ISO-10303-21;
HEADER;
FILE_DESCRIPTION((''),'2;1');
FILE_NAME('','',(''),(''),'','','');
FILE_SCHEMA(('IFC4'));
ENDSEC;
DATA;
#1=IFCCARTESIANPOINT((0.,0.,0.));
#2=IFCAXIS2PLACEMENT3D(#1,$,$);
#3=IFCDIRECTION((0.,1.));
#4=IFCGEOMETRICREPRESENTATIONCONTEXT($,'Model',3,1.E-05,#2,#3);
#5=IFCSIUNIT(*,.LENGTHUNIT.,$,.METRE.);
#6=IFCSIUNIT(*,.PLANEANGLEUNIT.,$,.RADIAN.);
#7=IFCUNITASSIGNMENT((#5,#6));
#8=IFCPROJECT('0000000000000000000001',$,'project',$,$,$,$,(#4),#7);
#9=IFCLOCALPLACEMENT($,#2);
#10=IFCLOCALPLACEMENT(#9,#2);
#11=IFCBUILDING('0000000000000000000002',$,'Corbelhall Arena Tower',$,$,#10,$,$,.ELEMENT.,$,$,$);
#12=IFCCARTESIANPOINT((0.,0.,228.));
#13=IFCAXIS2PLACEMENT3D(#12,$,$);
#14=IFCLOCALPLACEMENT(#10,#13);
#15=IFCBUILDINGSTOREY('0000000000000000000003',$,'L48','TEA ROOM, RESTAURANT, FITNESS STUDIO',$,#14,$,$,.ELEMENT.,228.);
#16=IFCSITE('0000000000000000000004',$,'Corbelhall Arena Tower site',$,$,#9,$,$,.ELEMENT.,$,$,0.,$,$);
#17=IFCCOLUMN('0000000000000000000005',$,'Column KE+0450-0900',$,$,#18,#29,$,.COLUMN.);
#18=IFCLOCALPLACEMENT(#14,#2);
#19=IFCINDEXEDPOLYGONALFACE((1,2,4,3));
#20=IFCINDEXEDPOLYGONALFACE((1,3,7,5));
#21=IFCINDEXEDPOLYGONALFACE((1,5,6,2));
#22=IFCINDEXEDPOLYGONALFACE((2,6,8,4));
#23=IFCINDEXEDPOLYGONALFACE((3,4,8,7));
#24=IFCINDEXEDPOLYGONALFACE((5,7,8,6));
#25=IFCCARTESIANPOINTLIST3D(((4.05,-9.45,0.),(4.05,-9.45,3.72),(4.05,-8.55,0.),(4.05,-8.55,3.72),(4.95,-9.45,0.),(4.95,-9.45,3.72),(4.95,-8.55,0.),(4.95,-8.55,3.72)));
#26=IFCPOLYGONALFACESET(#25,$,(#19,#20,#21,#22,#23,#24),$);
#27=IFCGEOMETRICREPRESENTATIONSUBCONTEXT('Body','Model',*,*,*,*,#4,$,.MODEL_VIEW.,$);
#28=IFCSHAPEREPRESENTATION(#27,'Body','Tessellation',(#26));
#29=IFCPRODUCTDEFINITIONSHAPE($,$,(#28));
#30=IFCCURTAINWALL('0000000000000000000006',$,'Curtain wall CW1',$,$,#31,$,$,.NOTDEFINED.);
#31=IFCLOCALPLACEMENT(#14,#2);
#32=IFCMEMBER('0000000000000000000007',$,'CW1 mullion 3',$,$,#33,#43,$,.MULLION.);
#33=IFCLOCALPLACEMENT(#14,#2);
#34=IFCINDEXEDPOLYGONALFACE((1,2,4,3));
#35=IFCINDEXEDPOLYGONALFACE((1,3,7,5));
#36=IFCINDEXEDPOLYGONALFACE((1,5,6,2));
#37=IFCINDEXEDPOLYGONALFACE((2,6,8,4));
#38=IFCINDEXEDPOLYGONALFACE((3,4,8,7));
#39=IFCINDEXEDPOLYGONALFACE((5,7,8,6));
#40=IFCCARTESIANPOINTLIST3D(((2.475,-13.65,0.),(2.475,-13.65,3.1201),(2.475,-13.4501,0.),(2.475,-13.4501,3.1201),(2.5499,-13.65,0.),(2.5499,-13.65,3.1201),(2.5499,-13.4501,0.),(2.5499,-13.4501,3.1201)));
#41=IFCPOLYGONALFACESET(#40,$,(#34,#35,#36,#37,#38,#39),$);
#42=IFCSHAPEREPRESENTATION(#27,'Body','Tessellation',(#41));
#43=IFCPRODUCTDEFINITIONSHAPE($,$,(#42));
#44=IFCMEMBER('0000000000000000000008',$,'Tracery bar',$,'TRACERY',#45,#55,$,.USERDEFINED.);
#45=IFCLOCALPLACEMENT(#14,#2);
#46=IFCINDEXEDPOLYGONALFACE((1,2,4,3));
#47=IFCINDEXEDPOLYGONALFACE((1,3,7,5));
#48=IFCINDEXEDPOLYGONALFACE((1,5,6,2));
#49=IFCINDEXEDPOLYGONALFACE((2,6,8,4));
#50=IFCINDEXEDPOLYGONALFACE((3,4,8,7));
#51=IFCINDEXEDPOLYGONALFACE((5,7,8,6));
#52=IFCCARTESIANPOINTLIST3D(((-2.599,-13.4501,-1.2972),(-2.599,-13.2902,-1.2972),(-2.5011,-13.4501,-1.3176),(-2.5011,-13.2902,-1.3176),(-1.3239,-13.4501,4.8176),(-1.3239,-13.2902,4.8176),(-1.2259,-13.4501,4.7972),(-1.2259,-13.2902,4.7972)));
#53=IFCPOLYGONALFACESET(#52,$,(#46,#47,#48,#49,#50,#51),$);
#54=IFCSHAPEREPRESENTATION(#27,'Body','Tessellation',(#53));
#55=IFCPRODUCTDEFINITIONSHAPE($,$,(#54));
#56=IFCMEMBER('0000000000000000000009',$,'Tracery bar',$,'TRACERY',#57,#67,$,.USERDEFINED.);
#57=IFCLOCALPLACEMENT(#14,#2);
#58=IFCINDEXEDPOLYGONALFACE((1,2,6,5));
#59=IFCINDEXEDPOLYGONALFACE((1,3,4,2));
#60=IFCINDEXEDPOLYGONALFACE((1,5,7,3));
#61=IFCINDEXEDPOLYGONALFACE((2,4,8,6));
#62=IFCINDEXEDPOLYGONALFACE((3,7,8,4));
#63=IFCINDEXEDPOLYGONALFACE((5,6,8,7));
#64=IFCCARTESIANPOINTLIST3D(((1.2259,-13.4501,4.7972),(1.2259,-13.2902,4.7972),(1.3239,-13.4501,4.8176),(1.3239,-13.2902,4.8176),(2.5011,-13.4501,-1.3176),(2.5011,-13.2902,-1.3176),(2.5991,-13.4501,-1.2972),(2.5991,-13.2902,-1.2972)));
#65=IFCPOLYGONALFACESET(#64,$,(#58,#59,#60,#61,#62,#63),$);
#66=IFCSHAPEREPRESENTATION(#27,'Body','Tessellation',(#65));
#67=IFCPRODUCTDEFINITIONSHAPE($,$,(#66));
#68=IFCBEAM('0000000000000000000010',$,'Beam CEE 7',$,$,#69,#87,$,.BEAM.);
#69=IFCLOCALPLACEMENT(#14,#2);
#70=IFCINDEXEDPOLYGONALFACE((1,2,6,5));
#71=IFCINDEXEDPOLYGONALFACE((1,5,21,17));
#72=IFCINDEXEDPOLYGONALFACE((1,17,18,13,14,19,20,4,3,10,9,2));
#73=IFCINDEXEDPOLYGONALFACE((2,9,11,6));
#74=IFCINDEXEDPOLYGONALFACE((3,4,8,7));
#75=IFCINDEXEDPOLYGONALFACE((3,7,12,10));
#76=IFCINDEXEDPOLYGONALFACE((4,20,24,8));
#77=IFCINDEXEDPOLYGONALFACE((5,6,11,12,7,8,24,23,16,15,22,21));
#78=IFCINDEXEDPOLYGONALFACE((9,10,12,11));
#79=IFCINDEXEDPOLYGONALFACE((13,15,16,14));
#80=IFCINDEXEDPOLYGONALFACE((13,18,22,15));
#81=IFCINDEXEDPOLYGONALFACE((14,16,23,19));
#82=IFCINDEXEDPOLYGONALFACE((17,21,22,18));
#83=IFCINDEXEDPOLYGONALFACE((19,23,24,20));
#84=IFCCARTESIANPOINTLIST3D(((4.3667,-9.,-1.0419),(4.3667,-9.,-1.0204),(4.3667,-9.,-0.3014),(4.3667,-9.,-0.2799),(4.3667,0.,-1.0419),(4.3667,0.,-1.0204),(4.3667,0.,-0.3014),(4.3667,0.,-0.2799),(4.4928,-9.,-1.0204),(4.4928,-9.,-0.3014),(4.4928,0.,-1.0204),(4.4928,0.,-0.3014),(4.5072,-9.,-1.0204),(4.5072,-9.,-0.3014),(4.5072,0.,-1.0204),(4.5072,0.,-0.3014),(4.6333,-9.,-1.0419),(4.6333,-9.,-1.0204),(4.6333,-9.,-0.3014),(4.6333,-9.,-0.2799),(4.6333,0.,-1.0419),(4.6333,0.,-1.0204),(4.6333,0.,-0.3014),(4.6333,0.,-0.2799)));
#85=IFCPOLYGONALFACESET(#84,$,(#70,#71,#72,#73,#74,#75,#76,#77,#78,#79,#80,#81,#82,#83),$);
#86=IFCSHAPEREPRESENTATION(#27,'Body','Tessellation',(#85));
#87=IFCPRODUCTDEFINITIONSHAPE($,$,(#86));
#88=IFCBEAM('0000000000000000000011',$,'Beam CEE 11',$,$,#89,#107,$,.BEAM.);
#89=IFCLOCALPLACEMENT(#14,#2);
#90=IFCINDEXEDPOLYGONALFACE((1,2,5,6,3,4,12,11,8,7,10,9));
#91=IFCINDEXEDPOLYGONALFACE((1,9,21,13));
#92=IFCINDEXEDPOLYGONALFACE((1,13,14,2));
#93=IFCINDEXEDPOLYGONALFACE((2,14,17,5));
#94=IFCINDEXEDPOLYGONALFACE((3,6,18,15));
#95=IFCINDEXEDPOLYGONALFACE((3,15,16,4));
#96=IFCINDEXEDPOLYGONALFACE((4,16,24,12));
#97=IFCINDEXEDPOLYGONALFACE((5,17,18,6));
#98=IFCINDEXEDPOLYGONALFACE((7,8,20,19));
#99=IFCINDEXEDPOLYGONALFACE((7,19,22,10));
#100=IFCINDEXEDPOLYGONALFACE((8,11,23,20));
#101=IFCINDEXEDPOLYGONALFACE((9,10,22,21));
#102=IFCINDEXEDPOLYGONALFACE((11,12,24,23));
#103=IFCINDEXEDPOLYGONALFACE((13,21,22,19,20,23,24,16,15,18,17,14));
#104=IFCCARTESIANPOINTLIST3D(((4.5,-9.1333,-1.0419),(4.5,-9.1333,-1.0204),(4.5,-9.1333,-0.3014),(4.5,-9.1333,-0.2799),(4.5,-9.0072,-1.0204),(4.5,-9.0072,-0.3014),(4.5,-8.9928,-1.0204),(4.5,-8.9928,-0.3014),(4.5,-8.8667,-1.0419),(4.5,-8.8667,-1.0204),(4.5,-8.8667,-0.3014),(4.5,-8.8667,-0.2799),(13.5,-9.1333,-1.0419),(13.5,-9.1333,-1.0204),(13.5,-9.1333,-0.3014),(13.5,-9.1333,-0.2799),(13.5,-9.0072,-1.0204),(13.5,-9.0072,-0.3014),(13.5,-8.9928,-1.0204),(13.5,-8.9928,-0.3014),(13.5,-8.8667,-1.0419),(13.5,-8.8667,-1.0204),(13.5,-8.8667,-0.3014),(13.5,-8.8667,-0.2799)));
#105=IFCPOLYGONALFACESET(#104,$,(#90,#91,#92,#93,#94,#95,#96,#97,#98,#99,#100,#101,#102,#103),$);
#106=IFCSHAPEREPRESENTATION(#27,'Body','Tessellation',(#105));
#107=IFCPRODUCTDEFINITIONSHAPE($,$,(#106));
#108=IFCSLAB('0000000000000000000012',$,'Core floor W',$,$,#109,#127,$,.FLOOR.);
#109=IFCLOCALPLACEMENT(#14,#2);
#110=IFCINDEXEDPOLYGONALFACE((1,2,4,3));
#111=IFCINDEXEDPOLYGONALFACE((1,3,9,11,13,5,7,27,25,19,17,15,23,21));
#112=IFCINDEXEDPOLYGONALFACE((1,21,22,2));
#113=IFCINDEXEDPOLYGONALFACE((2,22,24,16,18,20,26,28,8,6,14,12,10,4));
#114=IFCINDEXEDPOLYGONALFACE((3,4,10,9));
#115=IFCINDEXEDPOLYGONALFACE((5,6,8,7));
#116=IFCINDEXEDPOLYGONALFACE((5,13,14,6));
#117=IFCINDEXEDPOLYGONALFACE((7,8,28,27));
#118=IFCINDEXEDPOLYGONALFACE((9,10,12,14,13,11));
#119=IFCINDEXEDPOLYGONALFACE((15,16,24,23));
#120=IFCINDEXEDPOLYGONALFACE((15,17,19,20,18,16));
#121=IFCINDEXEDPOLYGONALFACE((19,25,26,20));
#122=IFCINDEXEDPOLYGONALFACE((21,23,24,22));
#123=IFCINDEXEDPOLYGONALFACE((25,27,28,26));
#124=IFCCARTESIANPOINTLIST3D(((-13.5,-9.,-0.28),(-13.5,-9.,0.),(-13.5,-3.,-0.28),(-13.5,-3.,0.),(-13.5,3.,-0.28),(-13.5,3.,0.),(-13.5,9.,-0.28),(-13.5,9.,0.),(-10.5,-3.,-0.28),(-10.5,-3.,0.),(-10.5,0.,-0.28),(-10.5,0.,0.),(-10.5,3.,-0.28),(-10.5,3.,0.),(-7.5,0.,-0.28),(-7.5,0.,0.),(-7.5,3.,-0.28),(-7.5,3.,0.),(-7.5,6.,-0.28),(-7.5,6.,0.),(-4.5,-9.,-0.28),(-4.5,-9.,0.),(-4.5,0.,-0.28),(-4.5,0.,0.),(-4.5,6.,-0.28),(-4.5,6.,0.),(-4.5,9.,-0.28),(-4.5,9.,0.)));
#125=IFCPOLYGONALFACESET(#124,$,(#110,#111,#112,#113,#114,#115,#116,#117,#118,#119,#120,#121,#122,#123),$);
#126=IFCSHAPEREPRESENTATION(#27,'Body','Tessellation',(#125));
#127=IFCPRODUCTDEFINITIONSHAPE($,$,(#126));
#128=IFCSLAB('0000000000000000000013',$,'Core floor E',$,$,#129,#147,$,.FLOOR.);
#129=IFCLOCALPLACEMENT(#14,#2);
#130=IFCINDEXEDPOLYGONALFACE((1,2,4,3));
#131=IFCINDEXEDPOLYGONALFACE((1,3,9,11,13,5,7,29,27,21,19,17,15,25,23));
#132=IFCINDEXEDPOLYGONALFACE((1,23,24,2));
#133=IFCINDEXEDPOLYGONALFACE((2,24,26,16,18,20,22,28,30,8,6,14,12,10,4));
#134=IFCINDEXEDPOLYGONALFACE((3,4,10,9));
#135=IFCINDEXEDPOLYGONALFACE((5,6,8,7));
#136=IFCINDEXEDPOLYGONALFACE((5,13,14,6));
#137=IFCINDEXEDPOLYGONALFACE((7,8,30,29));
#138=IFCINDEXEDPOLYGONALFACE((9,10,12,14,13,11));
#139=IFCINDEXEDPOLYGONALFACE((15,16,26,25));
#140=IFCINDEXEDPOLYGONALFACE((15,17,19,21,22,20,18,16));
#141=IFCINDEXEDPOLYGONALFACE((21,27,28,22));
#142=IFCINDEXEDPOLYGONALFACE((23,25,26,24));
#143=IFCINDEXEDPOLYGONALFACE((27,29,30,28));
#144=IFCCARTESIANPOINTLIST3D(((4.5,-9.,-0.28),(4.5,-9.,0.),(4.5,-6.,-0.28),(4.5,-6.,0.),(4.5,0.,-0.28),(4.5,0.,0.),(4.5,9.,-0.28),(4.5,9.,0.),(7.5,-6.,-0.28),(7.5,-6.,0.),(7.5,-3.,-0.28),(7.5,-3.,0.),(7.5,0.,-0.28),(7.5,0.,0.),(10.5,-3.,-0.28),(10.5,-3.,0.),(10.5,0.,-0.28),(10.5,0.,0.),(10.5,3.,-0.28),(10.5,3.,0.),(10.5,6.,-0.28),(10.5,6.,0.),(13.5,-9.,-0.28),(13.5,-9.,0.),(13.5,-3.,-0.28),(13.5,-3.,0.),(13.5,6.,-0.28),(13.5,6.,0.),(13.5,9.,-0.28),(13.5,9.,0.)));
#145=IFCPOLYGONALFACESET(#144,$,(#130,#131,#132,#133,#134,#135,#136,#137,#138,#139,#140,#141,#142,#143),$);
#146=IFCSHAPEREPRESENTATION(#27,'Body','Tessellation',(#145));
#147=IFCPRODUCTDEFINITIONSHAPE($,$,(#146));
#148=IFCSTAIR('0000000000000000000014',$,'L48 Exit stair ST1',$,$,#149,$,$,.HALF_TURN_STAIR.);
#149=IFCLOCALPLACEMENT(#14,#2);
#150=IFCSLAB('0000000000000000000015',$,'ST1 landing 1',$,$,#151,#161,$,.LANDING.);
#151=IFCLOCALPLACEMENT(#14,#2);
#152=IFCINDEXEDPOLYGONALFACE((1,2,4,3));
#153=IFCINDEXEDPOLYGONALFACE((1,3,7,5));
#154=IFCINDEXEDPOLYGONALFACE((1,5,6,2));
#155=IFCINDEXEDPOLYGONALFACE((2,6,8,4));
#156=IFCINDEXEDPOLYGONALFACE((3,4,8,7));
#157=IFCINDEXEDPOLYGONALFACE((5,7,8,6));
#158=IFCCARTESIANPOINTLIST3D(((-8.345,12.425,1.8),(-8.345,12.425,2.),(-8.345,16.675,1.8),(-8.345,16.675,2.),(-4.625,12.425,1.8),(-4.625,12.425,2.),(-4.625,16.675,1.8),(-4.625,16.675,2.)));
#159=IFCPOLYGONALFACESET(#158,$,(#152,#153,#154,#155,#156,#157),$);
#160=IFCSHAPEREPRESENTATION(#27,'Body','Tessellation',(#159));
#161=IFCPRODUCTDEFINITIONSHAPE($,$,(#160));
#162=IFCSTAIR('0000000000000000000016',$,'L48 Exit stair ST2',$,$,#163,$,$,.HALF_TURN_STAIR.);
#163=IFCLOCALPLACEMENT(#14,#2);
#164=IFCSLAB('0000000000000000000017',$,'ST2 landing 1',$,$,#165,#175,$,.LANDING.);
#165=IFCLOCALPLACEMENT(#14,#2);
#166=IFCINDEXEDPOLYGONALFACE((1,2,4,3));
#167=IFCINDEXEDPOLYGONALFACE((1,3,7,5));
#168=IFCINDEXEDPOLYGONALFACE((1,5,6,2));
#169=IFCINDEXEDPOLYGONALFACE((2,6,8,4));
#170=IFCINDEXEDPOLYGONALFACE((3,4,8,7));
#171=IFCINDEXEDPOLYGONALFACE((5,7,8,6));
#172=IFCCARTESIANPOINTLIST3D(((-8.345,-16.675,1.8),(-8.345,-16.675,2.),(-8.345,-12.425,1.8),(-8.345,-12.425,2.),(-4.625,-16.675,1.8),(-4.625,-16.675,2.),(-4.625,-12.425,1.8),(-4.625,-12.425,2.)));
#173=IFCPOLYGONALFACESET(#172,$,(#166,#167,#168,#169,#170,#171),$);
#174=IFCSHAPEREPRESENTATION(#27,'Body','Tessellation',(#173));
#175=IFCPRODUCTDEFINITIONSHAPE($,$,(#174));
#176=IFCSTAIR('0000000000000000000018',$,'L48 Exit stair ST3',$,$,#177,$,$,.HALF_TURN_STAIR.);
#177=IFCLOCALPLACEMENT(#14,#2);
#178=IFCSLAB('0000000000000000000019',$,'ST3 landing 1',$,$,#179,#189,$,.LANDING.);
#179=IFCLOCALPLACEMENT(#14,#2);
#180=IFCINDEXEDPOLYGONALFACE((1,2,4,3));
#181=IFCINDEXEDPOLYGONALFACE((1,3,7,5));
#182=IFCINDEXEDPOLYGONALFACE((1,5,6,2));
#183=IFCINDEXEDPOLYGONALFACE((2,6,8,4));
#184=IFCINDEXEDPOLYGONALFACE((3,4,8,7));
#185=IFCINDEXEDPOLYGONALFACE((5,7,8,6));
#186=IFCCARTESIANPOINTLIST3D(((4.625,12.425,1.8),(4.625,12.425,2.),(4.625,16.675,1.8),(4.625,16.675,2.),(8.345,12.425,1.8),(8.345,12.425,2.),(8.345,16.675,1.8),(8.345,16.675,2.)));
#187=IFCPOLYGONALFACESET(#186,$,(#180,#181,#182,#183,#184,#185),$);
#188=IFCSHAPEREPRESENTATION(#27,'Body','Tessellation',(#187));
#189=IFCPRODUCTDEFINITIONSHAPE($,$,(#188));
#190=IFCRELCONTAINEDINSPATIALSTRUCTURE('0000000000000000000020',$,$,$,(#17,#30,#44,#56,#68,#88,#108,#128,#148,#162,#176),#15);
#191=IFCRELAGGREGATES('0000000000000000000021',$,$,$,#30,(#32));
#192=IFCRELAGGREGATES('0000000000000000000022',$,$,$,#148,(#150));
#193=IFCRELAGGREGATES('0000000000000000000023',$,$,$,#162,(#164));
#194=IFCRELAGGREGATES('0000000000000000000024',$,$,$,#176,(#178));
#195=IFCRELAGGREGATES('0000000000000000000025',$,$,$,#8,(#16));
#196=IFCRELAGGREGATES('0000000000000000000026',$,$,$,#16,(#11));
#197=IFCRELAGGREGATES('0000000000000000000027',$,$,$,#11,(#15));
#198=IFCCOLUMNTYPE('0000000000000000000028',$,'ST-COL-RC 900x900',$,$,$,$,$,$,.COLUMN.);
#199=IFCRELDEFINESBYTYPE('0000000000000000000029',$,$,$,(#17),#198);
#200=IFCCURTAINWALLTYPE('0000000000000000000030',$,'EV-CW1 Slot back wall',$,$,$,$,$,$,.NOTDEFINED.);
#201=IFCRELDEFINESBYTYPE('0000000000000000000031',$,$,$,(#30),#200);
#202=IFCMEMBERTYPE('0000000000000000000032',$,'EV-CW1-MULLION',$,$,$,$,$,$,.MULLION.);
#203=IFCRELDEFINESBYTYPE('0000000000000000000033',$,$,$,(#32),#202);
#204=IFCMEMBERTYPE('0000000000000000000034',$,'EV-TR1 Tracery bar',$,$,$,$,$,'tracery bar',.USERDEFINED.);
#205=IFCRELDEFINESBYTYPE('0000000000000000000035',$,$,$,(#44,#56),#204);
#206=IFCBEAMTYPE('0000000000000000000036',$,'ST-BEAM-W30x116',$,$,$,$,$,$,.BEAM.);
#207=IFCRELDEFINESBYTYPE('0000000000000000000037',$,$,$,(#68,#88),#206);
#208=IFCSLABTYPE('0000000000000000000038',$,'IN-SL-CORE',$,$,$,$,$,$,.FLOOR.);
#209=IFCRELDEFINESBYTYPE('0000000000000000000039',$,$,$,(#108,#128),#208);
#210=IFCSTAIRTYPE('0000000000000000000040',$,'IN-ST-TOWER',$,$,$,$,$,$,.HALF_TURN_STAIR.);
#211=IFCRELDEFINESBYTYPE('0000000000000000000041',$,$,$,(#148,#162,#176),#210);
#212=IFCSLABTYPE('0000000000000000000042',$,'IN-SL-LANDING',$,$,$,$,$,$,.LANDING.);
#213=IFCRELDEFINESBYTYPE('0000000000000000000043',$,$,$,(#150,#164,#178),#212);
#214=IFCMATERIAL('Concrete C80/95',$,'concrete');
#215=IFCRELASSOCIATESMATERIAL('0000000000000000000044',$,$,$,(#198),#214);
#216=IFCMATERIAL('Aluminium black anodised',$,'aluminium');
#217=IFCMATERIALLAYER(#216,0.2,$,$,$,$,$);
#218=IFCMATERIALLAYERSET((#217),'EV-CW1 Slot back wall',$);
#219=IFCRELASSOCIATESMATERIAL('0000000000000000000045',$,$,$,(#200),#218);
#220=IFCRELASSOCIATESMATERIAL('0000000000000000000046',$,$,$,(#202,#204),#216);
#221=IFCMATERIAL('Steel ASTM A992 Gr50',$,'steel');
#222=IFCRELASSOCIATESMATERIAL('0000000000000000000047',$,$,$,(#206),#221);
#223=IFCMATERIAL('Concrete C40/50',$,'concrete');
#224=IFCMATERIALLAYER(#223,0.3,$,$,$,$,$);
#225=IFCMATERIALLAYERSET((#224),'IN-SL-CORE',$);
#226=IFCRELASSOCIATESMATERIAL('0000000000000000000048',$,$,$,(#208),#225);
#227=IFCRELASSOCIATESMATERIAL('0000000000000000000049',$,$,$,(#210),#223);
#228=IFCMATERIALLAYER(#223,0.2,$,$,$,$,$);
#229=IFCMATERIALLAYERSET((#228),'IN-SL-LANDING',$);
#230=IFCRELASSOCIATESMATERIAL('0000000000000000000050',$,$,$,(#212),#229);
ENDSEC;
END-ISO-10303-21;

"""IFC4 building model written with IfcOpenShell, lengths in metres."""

from ifc_helpers import new_model, si_unit, direction, frame, origin, origin_2d, place, context, subcontext, project, spatial, polyline, rectangle, i_section, outline, extrude, material, layer, layer_set, material_profile, profile_set, type_object, element, aggregate, save


model = new_model("IFC4")

# Units and contexts
model_context = context("Model", 3, precision=1e-05, world=origin(), true_north=direction((0.0, 1.0)))
body_context = subcontext(model_context, "Body", "Model", "MODEL_VIEW")
ifc_project = project(units=[si_unit("LENGTHUNIT", "METRE"), si_unit("PLANEANGLEUNIT", "RADIAN")], contexts=[model_context])

# Site, building, storey
site_placement = place(None, origin())
site = spatial("IfcSite", under=ifc_project, at=site_placement, Name="Corbelhall Arena Tower site", CompositionType="ELEMENT", RefElevation=0.0)
building_placement = place(site_placement, origin())
building = spatial("IfcBuilding", under=site, at=building_placement, Name="Corbelhall Arena Tower", CompositionType="ELEMENT")
storey_placement = place(building_placement, frame((0.0, 0.0, 228.0)))
storey = spatial("IfcBuildingStorey", under=building, at=storey_placement, Name="L48", Description="TEA ROOM, RESTAURANT, FITNESS STUDIO", CompositionType="ELEMENT", Elevation=228.0)

# Column
ifc_material_1 = material(Name="Concrete C80/95", Category="concrete")
ifc_material_profile_1 = material_profile(ifc_material_1, rectangle(XDim=0.8999, YDim=0.8999, at=origin_2d()))
ifc_profile_set_1 = profile_set([ifc_material_profile_1], Name="Concrete C80/95")
column_type = type_object("IfcColumnType", Name="ST-COL-RC 900x900", PredefinedType="COLUMN", material=ifc_profile_set_1)
column_placement = place(storey_placement, frame((4.5, -9.0, 0.0), z_axis=(0.0, 0.0, 1.0), x_axis=(1.0, 0.0, 0.0)))
element("IfcColumn", 1, at=column_placement, inside=storey, type_object=column_type, Name="Column KE+0450-0900", PredefinedType="COLUMN", context=body_context, shape_type="SweptSolid", body=[
    extrude(rectangle(XDim=0.8999, YDim=0.8999, at=origin_2d()), origin(), (0.0, 0.0, 1.0), 3.72),
])

# Curtain wall, member
ifc_material_2 = material(Name="Aluminium black anodised", Category="aluminium")
ifc_layer_1 = layer(ifc_material_2, 0.2)
ifc_layer_set_1 = layer_set([ifc_layer_1], Name="EV-CW1 Slot back wall")
curtain_wall_type = type_object("IfcCurtainWallType", Name="EV-CW1 Slot back wall", PredefinedType="NOTDEFINED", material=ifc_layer_set_1)
curtain_wall_placement = place(storey_placement, origin())
curtain_wall = element("IfcCurtainWall", 2, at=curtain_wall_placement, inside=storey, type_object=curtain_wall_type, Name="Curtain wall CW1", PredefinedType="NOTDEFINED")
ifc_material_profile_2 = material_profile(ifc_material_2, rectangle(XDim=0.2, YDim=0.075, at=origin_2d()))
ifc_profile_set_2 = profile_set([ifc_material_profile_2], Name="Aluminium black anodised")
member_type_1 = type_object("IfcMemberType", Name="EV-CW1-MULLION", PredefinedType="MULLION", material=ifc_profile_set_2)
member_placement = place(storey_placement, frame((2.5125, -13.55, 0.0), z_axis=(0.0, 0.0, 1.0), x_axis=(0.0, 1.0, 0.0)))
member = element("IfcMember", 3, at=member_placement, type_object=member_type_1, Name="CW1 mullion 3", PredefinedType="MULLION", context=body_context, shape_type="SweptSolid", body=[
    extrude(rectangle(XDim=0.2, YDim=0.075, at=origin_2d()), origin(), (0.0, 0.0, 1.0), 3.1201),
])
aggregate(curtain_wall, [member])

# Members
ifc_material_profile_3 = material_profile(ifc_material_2, rectangle(XDim=0.1599, YDim=0.1001, at=origin_2d()))
ifc_profile_set_3 = profile_set([ifc_material_profile_3], Name="Aluminium black anodised")
member_type_2 = type_object("IfcMemberType", Name="EV-TR1 Tracery bar", ElementType="tracery bar", PredefinedType="USERDEFINED", material=ifc_profile_set_3)
for number, where, z_axis, x_axis, name in (
    (4, (-2.55, -13.3701, -1.3074), (0.204145, 0.0, 0.978941), (0.0, 1.0, 0.0), "Tracery bar"),
    (5, (1.2749, -13.3701, 4.8074), (0.204145, 0.0, -0.978941), (0.0, 1.0, 0.0), "Tracery bar"),
):
    element("IfcMember", number, at=place(storey_placement, frame(where, z_axis=z_axis, x_axis=x_axis)), inside=storey, type_object=member_type_2, Name=name, ObjectType="TRACERY", PredefinedType="USERDEFINED", context=body_context, shape_type="SweptSolid", body=[
        extrude(rectangle(XDim=0.1599, YDim=0.1001, at=origin_2d()), origin(), (0.0, 0.0, 1.0), 6.2463),
    ])

# Beams
ifc_material_3 = material(Name="Steel ASTM A992 Gr50", Category="steel")
ifc_material_profile_4 = material_profile(ifc_material_3, i_section(OverallWidth=0.2666, OverallDepth=0.762, WebThickness=0.0144, FlangeThickness=0.0215, at=origin_2d()))
ifc_profile_set_4 = profile_set([ifc_material_profile_4], Name="Steel ASTM A992 Gr50")
beam_type = type_object("IfcBeamType", Name="ST-BEAM-W30x116", PredefinedType="BEAM", material=ifc_profile_set_4)
for number, where, z_axis, x_axis, name in (
    (6, (4.5, -9.0, -0.6609), (0.0, 1.0, 0.0), (-1.0, 0.0, 0.0), "Beam CEE 7"),
    (7, (4.5, -9.0, -0.6609), (1.0, 0.0, 0.0), (0.0, 1.0, 0.0), "Beam CEE 11"),
):
    element("IfcBeam", number, at=place(storey_placement, frame(where, z_axis=z_axis, x_axis=x_axis)), inside=storey, type_object=beam_type, Name=name, PredefinedType="BEAM", context=body_context, shape_type="SweptSolid", body=[
        extrude(i_section(OverallWidth=0.2666, OverallDepth=0.762, WebThickness=0.0144, FlangeThickness=0.0215, at=origin_2d()), origin(), (0.0, 0.0, 1.0), 9.0),
    ])

# Slabs
ifc_material_4 = material(Name="Concrete C40/50", Category="concrete")
ifc_layer_2 = layer(ifc_material_4, 0.3)
ifc_layer_set_2 = layer_set([ifc_layer_2], Name="IN-SL-CORE")
slab_type_1 = type_object("IfcSlabType", Name="IN-SL-CORE", PredefinedType="FLOOR", material=ifc_layer_set_2)
slab_1_placement = place(storey_placement, frame((0.0, 0.0, -0.28)))
element("IfcSlab", 8, at=slab_1_placement, inside=storey, type_object=slab_type_1, Name="Core floor W", PredefinedType="FLOOR", context=body_context, shape_type="SweptSolid", body=[
    extrude(outline(polyline([(-10.5, -3.0), (-13.5, -3.0), (-13.5, -9.0), (-4.5, -9.0), (-4.5, 0.0), (-7.5, 0.0), (-7.5, 3.0), (-7.5, 6.0), (-4.5, 6.0), (-4.5, 9.0), (-13.5, 9.0), (-13.5, 3.0), (-10.5, 3.0), (-10.5, 0.0), (-10.5, -3.0)])), origin(), (0.0, 0.0, 1.0), 0.28),
])
slab_2_placement = place(storey_placement, frame((0.0, 0.0, -0.28)))
element("IfcSlab", 9, at=slab_2_placement, inside=storey, type_object=slab_type_1, Name="Core floor E", PredefinedType="FLOOR", context=body_context, shape_type="SweptSolid", body=[
    extrude(outline(polyline([(13.5, -3.0), (10.5, -3.0), (10.5, 0.0), (10.5, 3.0), (10.5, 6.0), (13.5, 6.0), (13.5, 9.0), (4.5, 9.0), (4.5, 0.0), (7.5, 0.0), (7.5, -3.0), (7.5, -6.0), (4.5, -6.0), (4.5, -9.0), (13.5, -9.0), (13.5, -3.0)])), origin(), (0.0, 0.0, 1.0), 0.28),
])

# Stairs, slabs
stair_type = type_object("IfcStairType", Name="IN-ST-TOWER", PredefinedType="HALF_TURN_STAIR", material=ifc_material_4)
stair_1_placement = place(storey_placement, origin())
stair_1 = element("IfcStair", 10, at=stair_1_placement, inside=storey, type_object=stair_type, Name="L48 Exit stair ST1", PredefinedType="HALF_TURN_STAIR")
ifc_layer_3 = layer(ifc_material_4, 0.2)
ifc_layer_set_3 = layer_set([ifc_layer_3], Name="IN-SL-LANDING")
slab_type_2 = type_object("IfcSlabType", Name="IN-SL-LANDING", PredefinedType="LANDING", material=ifc_layer_set_3)
slab_3_placement = place(storey_placement, frame((0.0, 0.0, 1.8)))
slab_3 = element("IfcSlab", 11, at=slab_3_placement, type_object=slab_type_2, Name="ST1 landing 1", PredefinedType="LANDING", context=body_context, shape_type="SweptSolid", body=[
    extrude(outline(polyline([(-8.345, 12.425), (-4.625, 12.425), (-4.625, 16.675), (-8.345, 16.675), (-8.345, 12.425)])), origin(), (0.0, 0.0, 1.0), 0.2),
])
aggregate(stair_1, [slab_3])
stair_2_placement = place(storey_placement, origin())
stair_2 = element("IfcStair", 12, at=stair_2_placement, inside=storey, type_object=stair_type, Name="L48 Exit stair ST2", PredefinedType="HALF_TURN_STAIR")
slab_4_placement = place(storey_placement, frame((0.0, 0.0, 1.8)))
slab_4 = element("IfcSlab", 13, at=slab_4_placement, type_object=slab_type_2, Name="ST2 landing 1", PredefinedType="LANDING", context=body_context, shape_type="SweptSolid", body=[
    extrude(outline(polyline([(-8.345, -16.675), (-4.625, -16.675), (-4.625, -12.425), (-8.345, -12.425), (-8.345, -16.675)])), origin(), (0.0, 0.0, 1.0), 0.2),
])
aggregate(stair_2, [slab_4])
stair_3_placement = place(storey_placement, origin())
stair_3 = element("IfcStair", 14, at=stair_3_placement, inside=storey, type_object=stair_type, Name="L48 Exit stair ST3", PredefinedType="HALF_TURN_STAIR")
slab_5_placement = place(storey_placement, frame((0.0, 0.0, 1.8)))
slab_5 = element("IfcSlab", 15, at=slab_5_placement, type_object=slab_type_2, Name="ST3 landing 1", PredefinedType="LANDING", context=body_context, shape_type="SweptSolid", body=[
    extrude(outline(polyline([(8.345, 16.675), (4.625, 16.675), (4.625, 12.425), (8.345, 12.425), (8.345, 16.675)])), origin(), (0.0, 0.0, 1.0), 0.2),
])
aggregate(stair_3, [slab_5])

save(model, "model.ifc")
